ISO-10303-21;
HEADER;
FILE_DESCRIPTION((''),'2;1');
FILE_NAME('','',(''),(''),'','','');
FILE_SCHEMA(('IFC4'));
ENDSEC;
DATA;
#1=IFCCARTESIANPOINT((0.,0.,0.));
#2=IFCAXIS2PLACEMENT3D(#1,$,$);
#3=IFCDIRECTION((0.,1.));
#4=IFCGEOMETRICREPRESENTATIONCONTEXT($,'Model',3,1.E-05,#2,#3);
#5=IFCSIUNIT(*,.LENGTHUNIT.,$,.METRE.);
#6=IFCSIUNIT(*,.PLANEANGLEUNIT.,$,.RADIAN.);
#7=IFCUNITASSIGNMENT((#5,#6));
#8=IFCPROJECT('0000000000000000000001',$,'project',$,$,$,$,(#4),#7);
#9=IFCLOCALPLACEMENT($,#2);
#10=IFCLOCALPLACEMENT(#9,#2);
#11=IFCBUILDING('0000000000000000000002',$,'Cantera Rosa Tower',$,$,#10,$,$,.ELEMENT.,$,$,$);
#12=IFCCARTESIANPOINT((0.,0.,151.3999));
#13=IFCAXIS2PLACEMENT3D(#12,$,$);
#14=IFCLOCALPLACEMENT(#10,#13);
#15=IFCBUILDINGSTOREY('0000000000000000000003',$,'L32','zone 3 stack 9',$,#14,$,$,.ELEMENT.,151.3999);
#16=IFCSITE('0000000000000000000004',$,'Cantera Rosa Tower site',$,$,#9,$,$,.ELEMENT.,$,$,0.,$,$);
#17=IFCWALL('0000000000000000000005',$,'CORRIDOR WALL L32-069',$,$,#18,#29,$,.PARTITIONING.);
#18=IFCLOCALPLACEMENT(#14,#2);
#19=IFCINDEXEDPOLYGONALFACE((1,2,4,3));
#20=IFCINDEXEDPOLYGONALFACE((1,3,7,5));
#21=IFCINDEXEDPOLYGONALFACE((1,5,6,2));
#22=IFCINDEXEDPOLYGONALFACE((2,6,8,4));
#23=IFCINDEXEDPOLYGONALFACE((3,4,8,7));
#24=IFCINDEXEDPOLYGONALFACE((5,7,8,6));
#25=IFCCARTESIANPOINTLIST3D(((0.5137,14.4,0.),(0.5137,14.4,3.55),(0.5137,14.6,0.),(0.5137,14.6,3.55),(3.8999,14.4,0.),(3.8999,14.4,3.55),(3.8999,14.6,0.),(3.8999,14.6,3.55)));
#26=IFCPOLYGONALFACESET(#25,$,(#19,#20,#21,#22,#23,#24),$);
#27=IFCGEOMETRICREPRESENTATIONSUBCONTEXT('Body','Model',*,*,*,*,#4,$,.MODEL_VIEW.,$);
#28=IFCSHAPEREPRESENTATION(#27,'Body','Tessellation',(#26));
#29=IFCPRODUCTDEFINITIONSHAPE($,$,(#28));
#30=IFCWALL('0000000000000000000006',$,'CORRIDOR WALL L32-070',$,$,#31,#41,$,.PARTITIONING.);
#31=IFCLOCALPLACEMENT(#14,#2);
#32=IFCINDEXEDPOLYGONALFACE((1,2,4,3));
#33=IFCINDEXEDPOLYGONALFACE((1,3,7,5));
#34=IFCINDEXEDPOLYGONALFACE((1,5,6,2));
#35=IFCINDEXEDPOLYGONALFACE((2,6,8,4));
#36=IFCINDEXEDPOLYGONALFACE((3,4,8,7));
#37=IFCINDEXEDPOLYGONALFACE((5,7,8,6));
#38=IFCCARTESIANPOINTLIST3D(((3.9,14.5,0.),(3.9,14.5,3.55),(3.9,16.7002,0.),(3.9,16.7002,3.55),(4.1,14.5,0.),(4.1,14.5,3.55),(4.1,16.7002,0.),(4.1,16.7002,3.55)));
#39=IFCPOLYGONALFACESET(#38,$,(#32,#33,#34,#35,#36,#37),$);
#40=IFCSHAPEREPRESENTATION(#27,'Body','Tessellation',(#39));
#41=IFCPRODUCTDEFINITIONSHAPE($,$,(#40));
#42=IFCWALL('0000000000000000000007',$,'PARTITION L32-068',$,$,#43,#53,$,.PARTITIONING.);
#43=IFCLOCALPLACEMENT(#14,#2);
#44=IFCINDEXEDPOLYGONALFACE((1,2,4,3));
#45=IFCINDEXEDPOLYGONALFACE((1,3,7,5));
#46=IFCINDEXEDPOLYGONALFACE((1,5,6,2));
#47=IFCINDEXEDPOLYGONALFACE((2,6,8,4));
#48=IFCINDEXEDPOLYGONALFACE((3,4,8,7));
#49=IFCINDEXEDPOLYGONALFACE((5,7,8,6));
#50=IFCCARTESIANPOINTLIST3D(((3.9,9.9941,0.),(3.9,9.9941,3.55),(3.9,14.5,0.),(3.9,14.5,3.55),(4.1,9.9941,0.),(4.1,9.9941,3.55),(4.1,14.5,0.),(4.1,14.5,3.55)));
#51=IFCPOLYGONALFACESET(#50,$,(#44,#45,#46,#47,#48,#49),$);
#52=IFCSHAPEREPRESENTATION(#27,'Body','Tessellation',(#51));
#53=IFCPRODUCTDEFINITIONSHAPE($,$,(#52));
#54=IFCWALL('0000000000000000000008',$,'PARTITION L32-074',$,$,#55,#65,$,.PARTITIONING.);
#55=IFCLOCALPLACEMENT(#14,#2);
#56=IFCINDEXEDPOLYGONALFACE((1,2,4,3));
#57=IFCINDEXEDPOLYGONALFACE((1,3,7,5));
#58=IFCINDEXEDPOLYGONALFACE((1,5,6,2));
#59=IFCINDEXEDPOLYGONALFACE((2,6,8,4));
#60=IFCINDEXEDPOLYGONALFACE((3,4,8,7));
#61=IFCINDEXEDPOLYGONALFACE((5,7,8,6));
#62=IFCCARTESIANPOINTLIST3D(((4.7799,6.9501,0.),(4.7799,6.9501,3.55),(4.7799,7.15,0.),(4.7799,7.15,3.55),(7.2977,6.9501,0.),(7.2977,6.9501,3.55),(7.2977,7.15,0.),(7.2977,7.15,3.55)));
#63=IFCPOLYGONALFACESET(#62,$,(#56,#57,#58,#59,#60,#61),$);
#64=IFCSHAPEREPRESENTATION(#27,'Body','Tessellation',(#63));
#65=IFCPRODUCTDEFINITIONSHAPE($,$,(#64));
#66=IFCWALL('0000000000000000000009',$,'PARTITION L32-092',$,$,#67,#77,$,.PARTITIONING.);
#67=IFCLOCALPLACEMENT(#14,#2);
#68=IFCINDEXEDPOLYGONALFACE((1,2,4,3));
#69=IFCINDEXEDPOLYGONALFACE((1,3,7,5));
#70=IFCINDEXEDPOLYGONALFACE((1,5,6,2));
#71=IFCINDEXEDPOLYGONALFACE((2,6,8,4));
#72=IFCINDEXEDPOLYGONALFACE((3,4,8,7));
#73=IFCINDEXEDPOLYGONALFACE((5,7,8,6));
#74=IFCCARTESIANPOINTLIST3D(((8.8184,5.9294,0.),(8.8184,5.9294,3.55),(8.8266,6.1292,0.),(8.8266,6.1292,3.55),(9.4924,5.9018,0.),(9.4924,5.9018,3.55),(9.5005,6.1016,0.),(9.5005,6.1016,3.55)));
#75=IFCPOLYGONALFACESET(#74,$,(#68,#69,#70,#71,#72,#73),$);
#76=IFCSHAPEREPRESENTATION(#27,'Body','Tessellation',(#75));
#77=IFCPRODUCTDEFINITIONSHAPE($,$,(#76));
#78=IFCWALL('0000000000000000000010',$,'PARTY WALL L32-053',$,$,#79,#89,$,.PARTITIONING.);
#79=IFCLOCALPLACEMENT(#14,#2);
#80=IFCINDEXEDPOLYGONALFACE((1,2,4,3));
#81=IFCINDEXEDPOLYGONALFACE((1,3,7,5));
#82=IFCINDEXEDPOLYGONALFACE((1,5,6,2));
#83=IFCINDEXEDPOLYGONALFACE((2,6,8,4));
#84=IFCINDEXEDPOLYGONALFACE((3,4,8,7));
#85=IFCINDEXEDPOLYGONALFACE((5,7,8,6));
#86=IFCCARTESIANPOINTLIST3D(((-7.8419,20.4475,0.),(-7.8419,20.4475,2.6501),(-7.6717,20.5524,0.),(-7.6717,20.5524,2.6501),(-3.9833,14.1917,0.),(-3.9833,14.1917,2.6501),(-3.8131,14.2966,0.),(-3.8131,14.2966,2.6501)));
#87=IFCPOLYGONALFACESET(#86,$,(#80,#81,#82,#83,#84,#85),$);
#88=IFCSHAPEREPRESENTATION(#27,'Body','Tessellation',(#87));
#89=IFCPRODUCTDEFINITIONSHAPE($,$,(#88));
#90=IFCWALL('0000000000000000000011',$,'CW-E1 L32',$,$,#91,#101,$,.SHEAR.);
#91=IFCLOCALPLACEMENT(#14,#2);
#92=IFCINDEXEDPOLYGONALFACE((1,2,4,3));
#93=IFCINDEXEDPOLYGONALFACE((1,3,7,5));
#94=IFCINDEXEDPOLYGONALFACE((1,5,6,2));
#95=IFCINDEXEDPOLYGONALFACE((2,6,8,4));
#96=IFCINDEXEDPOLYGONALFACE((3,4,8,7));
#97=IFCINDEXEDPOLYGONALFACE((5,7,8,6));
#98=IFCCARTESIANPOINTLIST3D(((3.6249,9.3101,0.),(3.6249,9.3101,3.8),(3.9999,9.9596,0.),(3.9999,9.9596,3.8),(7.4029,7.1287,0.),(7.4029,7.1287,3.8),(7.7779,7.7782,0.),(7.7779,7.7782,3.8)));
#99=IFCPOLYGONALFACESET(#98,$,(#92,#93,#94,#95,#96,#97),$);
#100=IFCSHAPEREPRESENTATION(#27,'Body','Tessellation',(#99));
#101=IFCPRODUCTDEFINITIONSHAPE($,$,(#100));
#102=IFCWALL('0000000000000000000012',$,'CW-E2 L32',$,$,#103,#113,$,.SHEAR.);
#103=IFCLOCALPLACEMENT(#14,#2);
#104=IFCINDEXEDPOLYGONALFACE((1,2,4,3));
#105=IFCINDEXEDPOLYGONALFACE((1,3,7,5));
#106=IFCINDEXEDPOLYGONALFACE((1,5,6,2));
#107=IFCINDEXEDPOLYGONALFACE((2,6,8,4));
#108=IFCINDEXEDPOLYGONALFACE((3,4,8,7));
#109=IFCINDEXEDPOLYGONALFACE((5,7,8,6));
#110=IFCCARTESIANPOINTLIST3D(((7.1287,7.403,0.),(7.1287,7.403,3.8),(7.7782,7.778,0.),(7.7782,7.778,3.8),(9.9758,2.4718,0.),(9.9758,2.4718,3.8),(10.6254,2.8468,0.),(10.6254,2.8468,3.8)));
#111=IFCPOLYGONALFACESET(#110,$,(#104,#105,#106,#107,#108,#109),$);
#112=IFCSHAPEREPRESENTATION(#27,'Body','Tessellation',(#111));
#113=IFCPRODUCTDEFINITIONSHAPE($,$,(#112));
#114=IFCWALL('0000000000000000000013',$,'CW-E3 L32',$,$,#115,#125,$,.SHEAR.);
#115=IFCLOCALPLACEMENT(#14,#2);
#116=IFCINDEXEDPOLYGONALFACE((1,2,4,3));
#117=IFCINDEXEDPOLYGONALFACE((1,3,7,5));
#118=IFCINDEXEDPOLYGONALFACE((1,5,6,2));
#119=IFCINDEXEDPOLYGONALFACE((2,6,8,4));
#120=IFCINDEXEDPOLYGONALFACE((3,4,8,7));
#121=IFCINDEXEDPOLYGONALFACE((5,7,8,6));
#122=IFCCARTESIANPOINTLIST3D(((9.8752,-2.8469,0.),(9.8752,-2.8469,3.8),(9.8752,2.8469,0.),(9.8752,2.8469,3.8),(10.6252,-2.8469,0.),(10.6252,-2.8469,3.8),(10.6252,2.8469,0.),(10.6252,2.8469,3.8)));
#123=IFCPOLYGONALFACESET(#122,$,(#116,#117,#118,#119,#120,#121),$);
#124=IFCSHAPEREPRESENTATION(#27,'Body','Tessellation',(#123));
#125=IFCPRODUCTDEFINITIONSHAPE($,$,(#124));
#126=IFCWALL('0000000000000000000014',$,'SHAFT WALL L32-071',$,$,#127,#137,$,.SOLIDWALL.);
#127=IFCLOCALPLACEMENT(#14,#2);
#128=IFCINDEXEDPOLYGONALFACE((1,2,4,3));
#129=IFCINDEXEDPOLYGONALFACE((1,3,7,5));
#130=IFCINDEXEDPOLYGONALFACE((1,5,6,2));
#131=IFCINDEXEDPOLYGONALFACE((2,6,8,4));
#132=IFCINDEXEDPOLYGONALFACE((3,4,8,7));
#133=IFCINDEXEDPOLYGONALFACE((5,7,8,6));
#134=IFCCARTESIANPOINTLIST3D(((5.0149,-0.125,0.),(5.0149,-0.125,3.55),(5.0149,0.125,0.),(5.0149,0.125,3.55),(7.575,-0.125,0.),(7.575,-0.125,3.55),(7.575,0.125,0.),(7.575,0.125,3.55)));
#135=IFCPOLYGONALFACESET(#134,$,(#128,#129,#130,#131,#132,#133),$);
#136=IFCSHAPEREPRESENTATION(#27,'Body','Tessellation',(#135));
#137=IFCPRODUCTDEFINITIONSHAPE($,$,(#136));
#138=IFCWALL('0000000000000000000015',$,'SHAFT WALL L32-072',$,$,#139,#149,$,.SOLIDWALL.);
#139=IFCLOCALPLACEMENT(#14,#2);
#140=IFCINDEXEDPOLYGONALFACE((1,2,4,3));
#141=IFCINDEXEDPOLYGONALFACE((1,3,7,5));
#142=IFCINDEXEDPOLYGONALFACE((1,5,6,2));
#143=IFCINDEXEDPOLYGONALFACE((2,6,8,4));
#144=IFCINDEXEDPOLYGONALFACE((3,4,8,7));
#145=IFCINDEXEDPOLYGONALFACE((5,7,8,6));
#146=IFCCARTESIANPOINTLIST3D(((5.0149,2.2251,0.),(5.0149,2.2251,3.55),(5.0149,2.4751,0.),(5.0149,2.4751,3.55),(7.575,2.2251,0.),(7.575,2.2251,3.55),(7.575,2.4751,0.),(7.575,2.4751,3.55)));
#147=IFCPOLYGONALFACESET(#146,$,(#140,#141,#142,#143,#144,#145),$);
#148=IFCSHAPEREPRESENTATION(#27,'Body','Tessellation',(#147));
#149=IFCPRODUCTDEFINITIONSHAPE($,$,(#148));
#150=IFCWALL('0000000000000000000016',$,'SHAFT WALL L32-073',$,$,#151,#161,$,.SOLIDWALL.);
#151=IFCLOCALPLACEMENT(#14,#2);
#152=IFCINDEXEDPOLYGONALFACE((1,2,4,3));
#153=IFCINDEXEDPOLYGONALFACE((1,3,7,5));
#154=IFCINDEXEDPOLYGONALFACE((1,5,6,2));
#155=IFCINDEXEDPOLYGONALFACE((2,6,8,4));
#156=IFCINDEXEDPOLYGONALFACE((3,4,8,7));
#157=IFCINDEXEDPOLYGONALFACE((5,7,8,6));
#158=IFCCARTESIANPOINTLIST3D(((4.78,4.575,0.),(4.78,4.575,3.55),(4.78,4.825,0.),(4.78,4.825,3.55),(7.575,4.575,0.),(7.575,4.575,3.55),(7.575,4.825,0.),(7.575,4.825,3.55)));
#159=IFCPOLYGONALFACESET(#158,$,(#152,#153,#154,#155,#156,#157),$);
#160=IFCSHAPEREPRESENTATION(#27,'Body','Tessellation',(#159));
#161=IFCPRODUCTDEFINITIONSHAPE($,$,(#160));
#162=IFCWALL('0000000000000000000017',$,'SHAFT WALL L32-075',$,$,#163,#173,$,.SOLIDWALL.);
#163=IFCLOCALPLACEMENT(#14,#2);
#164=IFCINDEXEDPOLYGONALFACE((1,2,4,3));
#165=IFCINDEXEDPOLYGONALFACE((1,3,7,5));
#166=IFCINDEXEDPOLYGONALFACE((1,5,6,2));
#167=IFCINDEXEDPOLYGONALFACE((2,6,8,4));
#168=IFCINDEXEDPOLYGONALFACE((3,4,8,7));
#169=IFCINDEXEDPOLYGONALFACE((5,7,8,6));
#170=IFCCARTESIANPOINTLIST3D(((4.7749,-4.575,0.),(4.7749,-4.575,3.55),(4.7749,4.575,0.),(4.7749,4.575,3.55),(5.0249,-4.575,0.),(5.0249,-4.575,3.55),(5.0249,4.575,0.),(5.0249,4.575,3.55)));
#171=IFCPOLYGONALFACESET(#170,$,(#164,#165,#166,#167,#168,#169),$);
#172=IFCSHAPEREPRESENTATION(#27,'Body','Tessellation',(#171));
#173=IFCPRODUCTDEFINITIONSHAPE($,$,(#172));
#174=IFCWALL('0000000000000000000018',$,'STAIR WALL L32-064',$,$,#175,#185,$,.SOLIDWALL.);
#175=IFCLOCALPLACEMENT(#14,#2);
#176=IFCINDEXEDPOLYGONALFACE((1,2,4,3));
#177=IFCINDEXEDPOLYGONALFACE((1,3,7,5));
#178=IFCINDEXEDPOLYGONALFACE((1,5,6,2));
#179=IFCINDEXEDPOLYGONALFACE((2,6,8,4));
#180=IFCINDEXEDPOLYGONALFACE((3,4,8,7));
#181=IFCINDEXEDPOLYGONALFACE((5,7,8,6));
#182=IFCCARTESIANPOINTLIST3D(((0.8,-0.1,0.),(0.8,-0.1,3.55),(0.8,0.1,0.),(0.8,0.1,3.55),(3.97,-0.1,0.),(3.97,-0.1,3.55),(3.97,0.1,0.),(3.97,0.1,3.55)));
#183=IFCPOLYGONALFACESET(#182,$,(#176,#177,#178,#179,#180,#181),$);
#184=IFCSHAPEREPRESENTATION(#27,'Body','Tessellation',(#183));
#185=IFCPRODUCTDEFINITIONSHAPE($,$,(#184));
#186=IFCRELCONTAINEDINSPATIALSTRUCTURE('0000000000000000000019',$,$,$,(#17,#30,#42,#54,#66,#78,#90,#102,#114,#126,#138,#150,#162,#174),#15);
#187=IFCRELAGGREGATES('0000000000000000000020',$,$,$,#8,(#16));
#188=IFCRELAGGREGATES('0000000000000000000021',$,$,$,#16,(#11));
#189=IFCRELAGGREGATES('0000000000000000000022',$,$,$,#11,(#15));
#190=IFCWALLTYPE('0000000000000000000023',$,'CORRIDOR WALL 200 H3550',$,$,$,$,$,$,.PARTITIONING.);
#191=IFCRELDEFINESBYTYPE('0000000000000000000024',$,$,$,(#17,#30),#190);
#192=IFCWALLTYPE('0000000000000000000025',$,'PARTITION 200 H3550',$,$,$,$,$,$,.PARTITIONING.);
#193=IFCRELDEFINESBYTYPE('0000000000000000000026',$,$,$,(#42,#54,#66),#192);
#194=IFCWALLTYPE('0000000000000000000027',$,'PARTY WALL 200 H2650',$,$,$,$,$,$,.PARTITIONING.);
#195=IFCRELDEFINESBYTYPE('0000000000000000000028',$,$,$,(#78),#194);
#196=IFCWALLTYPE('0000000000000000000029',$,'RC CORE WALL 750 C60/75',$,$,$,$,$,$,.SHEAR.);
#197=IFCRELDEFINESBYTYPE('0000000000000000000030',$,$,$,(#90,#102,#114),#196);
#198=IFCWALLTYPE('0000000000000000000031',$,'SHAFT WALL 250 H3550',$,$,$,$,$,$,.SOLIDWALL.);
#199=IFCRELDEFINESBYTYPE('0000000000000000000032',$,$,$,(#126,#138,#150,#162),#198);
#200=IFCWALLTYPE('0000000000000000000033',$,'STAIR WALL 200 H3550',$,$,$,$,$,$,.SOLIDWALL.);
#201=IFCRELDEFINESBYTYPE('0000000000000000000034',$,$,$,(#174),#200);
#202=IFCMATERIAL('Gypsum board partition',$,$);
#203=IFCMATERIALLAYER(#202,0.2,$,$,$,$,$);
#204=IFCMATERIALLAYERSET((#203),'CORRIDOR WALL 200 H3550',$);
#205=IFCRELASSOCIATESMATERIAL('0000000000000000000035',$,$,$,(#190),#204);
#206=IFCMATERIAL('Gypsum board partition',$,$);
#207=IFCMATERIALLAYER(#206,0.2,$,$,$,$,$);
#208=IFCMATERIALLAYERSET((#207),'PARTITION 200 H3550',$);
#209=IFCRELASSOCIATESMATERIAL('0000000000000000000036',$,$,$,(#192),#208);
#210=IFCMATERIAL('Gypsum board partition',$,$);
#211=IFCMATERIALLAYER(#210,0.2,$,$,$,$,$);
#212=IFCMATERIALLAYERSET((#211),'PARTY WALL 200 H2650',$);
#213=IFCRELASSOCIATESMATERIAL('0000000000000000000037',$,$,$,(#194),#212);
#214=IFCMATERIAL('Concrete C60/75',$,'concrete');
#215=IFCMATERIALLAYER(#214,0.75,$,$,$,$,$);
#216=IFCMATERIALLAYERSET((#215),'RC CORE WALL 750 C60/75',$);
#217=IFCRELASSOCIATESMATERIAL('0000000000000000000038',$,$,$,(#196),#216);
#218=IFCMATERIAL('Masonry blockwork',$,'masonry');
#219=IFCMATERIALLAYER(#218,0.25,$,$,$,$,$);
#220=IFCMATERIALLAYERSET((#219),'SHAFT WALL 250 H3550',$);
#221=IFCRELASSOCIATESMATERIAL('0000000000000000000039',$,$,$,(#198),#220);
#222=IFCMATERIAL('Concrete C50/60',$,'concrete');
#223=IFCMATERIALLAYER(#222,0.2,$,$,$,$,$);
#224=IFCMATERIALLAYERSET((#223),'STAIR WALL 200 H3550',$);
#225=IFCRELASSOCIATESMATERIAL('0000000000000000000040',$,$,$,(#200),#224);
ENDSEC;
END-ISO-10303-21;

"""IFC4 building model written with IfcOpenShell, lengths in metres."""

from ifc_helpers import new_model, si_unit, direction, frame, frame_2d, origin, place, context, subcontext, project, spatial, rectangle, extrude, material, layer, layer_set, type_object, element, save


model = new_model("IFC4")

# Units and contexts
model_context = context("Model", 3, precision=1e-05, world=origin(), true_north=direction((0.0, 1.0)))
body_context = subcontext(model_context, "Body", "Model", "MODEL_VIEW")
ifc_project = project(units=[si_unit("LENGTHUNIT", "METRE"), si_unit("PLANEANGLEUNIT", "RADIAN")], contexts=[model_context])

# Site, building, storey
site_placement = place(None, origin())
site = spatial("IfcSite", under=ifc_project, at=site_placement, Name="Cantera Rosa Tower site", CompositionType="ELEMENT", RefElevation=0.0)
building_placement = place(site_placement, origin())
building = spatial("IfcBuilding", under=site, at=building_placement, Name="Cantera Rosa Tower", CompositionType="ELEMENT")
storey_placement = place(building_placement, frame((0.0, 0.0, 151.3999)))
storey = spatial("IfcBuildingStorey", under=building, at=storey_placement, Name="L32", Description="zone 3 stack 9", CompositionType="ELEMENT", Elevation=151.3999)

# Shared definitions
ifc_material_1 = material(Name="Gypsum board partition")
ifc_layer_1 = layer(ifc_material_1, 0.2)
ifc_layer_set_1 = layer_set([ifc_layer_1], Name="CORRIDOR WALL 200 H3550")
wall_type_1 = type_object("IfcWallType", Name="CORRIDOR WALL 200 H3550", PredefinedType="PARTITIONING", material=ifc_layer_set_1)

# Walls
wall_1_placement = place(storey_placement, frame((3.8999, 14.5, 0.0), z_axis=(0.0, 0.0, 1.0), x_axis=(-1.0, 0.0, 0.0)))
element("IfcWall", 1, at=wall_1_placement, inside=storey, type_object=wall_type_1, Name="CORRIDOR WALL L32-069", PredefinedType="PARTITIONING", context=body_context, shape_type="SweptSolid", body=[
    extrude(rectangle(XDim=3.3862, YDim=0.2, at=frame_2d((1.6931, 0.0))), origin(), (0.0, 0.0, 1.0), 3.55),
])
wall_2_placement = place(storey_placement, frame((4.0, 14.5, 0.0), z_axis=(0.0, 0.0, 1.0), x_axis=(0.0, 1.0, 0.0)))
element("IfcWall", 2, at=wall_2_placement, inside=storey, type_object=wall_type_1, Name="CORRIDOR WALL L32-070", PredefinedType="PARTITIONING", context=body_context, shape_type="SweptSolid", body=[
    extrude(rectangle(XDim=2.2002, YDim=0.2, at=frame_2d((1.1001, 0.0))), origin(), (0.0, 0.0, 1.0), 3.55),
])
ifc_material_2 = material(Name="Gypsum board partition")
ifc_layer_2 = layer(ifc_material_2, 0.2)
ifc_layer_set_2 = layer_set([ifc_layer_2], Name="PARTITION 200 H3550")
wall_type_2 = type_object("IfcWallType", Name="PARTITION 200 H3550", PredefinedType="PARTITIONING", material=ifc_layer_set_2)
wall_3_placement = place(storey_placement, frame((4.0, 9.9941, 0.0), z_axis=(0.0, 0.0, 1.0), x_axis=(0.0, 1.0, 0.0)))
element("IfcWall", 3, at=wall_3_placement, inside=storey, type_object=wall_type_2, Name="PARTITION L32-068", PredefinedType="PARTITIONING", context=body_context, shape_type="SweptSolid", body=[
    extrude(rectangle(XDim=4.5059, YDim=0.2, at=frame_2d((2.2529, 0.0))), origin(), (0.0, 0.0, 1.0), 3.55),
])
wall_4_placement = place(storey_placement, frame((4.78, 7.05, 0.0), z_axis=(0.0, 0.0, 1.0), x_axis=(1.0, 0.0, 0.0)))
element("IfcWall", 4, at=wall_4_placement, inside=storey, type_object=wall_type_2, Name="PARTITION L32-074", PredefinedType="PARTITIONING", context=body_context, shape_type="SweptSolid", body=[
    extrude(rectangle(XDim=2.5178, YDim=0.2, at=frame_2d((1.2588, 0.0))), origin(), (0.0, 0.0, 1.0), 3.55),
])
wall_5_placement = place(storey_placement, frame((9.4966, 6.0017, 0.0), z_axis=(0.0, 0.0, 1.0), x_axis=(-0.999164, 0.040893, 0.0)))
element("IfcWall", 5, at=wall_5_placement, inside=storey, type_object=wall_type_2, Name="PARTITION L32-092", PredefinedType="PARTITIONING", context=body_context, shape_type="SweptSolid", body=[
    extrude(rectangle(XDim=0.6746, YDim=0.2, at=frame_2d((0.3374, 0.0))), origin(), (0.0, 0.0, 1.0), 3.55),
])
ifc_material_3 = material(Name="Gypsum board partition")
ifc_layer_3 = layer(ifc_material_3, 0.2)
ifc_layer_set_3 = layer_set([ifc_layer_3], Name="PARTY WALL 200 H2650")
wall_type_3 = type_object("IfcWallType", Name="PARTY WALL 200 H2650", PredefinedType="PARTITIONING", material=ifc_layer_set_3)
wall_6_placement = place(storey_placement, frame((-3.8982, 14.2441, 0.0), z_axis=(0.0, 0.0, 1.0), x_axis=(-0.524974, 0.851118, 0.0)))
element("IfcWall", 6, at=wall_6_placement, inside=storey, type_object=wall_type_3, Name="PARTY WALL L32-053", PredefinedType="PARTITIONING", context=body_context, shape_type="SweptSolid", body=[
    extrude(rectangle(XDim=7.3501, YDim=0.2, at=frame_2d((3.675, 0.0))), origin(), (0.0, 0.0, 1.0), 2.6501),
])
ifc_material_4 = material(Name="Concrete C60/75", Category="concrete")
ifc_layer_4 = layer(ifc_material_4, 0.75)
ifc_layer_set_4 = layer_set([ifc_layer_4], Name="RC CORE WALL 750 C60/75")
wall_type_4 = type_object("IfcWallType", Name="RC CORE WALL 750 C60/75", PredefinedType="SHEAR", material=ifc_layer_set_4)
wall_7_placement = place(storey_placement, frame((3.8125, 9.6348, 0.0), z_axis=(0.0, 0.0, 1.0), x_axis=(0.866013, -0.500021, 0.0)))
element("IfcWall", 7, at=wall_7_placement, inside=storey, type_object=wall_type_4, Name="CW-E1 L32", PredefinedType="SHEAR", context=body_context, shape_type="SweptSolid", body=[
    extrude(rectangle(XDim=4.3625, YDim=0.75, at=frame_2d((2.1812, 0.0))), origin(), (0.0, 0.0, 1.0), 3.8),
])
wall_8_placement = place(storey_placement, frame((7.4534, 7.5906, 0.0), z_axis=(0.0, 0.0, 1.0), x_axis=(0.500022, -0.866013, 0.0)))
element("IfcWall", 8, at=wall_8_placement, inside=storey, type_object=wall_type_4, Name="CW-E2 L32", PredefinedType="SHEAR", context=body_context, shape_type="SweptSolid", body=[
    extrude(rectangle(XDim=5.6941, YDim=0.75, at=frame_2d((2.8472, 0.0))), origin(), (0.0, 0.0, 1.0), 3.8),
])
wall_9_placement = place(storey_placement, frame((10.2502, 2.8469, 0.0), z_axis=(0.0, 0.0, 1.0), x_axis=(0.0, -1.0, 0.0)))
element("IfcWall", 9, at=wall_9_placement, inside=storey, type_object=wall_type_4, Name="CW-E3 L32", PredefinedType="SHEAR", context=body_context, shape_type="SweptSolid", body=[
    extrude(rectangle(XDim=5.6938, YDim=0.75, at=frame_2d((2.8469, 0.0))), origin(), (0.0, 0.0, 1.0), 3.8),
])
ifc_material_5 = material(Name="Masonry blockwork", Category="masonry")
ifc_layer_5 = layer(ifc_material_5, 0.25)
ifc_layer_set_5 = layer_set([ifc_layer_5], Name="SHAFT WALL 250 H3550")
wall_type_5 = type_object("IfcWallType", Name="SHAFT WALL 250 H3550", PredefinedType="SOLIDWALL", material=ifc_layer_set_5)
for number, where, z_axis, x_axis, name in (
    (10, (5.0149, 0.0, 0.0), (0.0, 0.0, 1.0), (1.0, 0.0, 0.0), "SHAFT WALL L32-071"),
    (11, (5.0149, 2.3501, 0.0), (0.0, 0.0, 1.0), (1.0, 0.0, 0.0), "SHAFT WALL L32-072"),
):
    element("IfcWall", number, at=place(storey_placement, frame(where, z_axis=z_axis, x_axis=x_axis)), inside=storey, type_object=wall_type_5, Name=name, PredefinedType="SOLIDWALL", context=body_context, shape_type="SweptSolid", body=[
        extrude(rectangle(XDim=2.5601, YDim=0.25, at=frame_2d((1.28, 0.0))), origin(), (0.0, 0.0, 1.0), 3.55),
    ])
wall_10_placement = place(storey_placement, frame((4.78, 4.7, 0.0), z_axis=(0.0, 0.0, 1.0), x_axis=(1.0, 0.0, 0.0)))
element("IfcWall", 12, at=wall_10_placement, inside=storey, type_object=wall_type_5, Name="SHAFT WALL L32-073", PredefinedType="SOLIDWALL", context=body_context, shape_type="SweptSolid", body=[
    extrude(rectangle(XDim=2.7949, YDim=0.25, at=frame_2d((1.3975, 0.0))), origin(), (0.0, 0.0, 1.0), 3.55),
])
wall_11_placement = place(storey_placement, frame((4.8999, 4.575, 0.0), z_axis=(0.0, 0.0, 1.0), x_axis=(0.0, -1.0, 0.0)))
element("IfcWall", 13, at=wall_11_placement, inside=storey, type_object=wall_type_5, Name="SHAFT WALL L32-075", PredefinedType="SOLIDWALL", context=body_context, shape_type="SweptSolid", body=[
    extrude(rectangle(XDim=9.1499, YDim=0.25, at=frame_2d((4.575, 0.0))), origin(), (0.0, 0.0, 1.0), 3.55),
])
ifc_material_6 = material(Name="Concrete C50/60", Category="concrete")
ifc_layer_6 = layer(ifc_material_6, 0.2)
ifc_layer_set_6 = layer_set([ifc_layer_6], Name="STAIR WALL 200 H3550")
wall_type_6 = type_object("IfcWallType", Name="STAIR WALL 200 H3550", PredefinedType="SOLIDWALL", material=ifc_layer_set_6)
wall_12_placement = place(storey_placement, frame((0.8, 0.0, 0.0), z_axis=(0.0, 0.0, 1.0), x_axis=(1.0, 0.0, 0.0)))
element("IfcWall", 14, at=wall_12_placement, inside=storey, type_object=wall_type_6, Name="STAIR WALL L32-064", PredefinedType="SOLIDWALL", context=body_context, shape_type="SweptSolid", body=[
    extrude(rectangle(XDim=3.1699, YDim=0.2, at=frame_2d((1.585, 0.0))), origin(), (0.0, 0.0, 1.0), 3.55),
])

save(model, "model.ifc")
